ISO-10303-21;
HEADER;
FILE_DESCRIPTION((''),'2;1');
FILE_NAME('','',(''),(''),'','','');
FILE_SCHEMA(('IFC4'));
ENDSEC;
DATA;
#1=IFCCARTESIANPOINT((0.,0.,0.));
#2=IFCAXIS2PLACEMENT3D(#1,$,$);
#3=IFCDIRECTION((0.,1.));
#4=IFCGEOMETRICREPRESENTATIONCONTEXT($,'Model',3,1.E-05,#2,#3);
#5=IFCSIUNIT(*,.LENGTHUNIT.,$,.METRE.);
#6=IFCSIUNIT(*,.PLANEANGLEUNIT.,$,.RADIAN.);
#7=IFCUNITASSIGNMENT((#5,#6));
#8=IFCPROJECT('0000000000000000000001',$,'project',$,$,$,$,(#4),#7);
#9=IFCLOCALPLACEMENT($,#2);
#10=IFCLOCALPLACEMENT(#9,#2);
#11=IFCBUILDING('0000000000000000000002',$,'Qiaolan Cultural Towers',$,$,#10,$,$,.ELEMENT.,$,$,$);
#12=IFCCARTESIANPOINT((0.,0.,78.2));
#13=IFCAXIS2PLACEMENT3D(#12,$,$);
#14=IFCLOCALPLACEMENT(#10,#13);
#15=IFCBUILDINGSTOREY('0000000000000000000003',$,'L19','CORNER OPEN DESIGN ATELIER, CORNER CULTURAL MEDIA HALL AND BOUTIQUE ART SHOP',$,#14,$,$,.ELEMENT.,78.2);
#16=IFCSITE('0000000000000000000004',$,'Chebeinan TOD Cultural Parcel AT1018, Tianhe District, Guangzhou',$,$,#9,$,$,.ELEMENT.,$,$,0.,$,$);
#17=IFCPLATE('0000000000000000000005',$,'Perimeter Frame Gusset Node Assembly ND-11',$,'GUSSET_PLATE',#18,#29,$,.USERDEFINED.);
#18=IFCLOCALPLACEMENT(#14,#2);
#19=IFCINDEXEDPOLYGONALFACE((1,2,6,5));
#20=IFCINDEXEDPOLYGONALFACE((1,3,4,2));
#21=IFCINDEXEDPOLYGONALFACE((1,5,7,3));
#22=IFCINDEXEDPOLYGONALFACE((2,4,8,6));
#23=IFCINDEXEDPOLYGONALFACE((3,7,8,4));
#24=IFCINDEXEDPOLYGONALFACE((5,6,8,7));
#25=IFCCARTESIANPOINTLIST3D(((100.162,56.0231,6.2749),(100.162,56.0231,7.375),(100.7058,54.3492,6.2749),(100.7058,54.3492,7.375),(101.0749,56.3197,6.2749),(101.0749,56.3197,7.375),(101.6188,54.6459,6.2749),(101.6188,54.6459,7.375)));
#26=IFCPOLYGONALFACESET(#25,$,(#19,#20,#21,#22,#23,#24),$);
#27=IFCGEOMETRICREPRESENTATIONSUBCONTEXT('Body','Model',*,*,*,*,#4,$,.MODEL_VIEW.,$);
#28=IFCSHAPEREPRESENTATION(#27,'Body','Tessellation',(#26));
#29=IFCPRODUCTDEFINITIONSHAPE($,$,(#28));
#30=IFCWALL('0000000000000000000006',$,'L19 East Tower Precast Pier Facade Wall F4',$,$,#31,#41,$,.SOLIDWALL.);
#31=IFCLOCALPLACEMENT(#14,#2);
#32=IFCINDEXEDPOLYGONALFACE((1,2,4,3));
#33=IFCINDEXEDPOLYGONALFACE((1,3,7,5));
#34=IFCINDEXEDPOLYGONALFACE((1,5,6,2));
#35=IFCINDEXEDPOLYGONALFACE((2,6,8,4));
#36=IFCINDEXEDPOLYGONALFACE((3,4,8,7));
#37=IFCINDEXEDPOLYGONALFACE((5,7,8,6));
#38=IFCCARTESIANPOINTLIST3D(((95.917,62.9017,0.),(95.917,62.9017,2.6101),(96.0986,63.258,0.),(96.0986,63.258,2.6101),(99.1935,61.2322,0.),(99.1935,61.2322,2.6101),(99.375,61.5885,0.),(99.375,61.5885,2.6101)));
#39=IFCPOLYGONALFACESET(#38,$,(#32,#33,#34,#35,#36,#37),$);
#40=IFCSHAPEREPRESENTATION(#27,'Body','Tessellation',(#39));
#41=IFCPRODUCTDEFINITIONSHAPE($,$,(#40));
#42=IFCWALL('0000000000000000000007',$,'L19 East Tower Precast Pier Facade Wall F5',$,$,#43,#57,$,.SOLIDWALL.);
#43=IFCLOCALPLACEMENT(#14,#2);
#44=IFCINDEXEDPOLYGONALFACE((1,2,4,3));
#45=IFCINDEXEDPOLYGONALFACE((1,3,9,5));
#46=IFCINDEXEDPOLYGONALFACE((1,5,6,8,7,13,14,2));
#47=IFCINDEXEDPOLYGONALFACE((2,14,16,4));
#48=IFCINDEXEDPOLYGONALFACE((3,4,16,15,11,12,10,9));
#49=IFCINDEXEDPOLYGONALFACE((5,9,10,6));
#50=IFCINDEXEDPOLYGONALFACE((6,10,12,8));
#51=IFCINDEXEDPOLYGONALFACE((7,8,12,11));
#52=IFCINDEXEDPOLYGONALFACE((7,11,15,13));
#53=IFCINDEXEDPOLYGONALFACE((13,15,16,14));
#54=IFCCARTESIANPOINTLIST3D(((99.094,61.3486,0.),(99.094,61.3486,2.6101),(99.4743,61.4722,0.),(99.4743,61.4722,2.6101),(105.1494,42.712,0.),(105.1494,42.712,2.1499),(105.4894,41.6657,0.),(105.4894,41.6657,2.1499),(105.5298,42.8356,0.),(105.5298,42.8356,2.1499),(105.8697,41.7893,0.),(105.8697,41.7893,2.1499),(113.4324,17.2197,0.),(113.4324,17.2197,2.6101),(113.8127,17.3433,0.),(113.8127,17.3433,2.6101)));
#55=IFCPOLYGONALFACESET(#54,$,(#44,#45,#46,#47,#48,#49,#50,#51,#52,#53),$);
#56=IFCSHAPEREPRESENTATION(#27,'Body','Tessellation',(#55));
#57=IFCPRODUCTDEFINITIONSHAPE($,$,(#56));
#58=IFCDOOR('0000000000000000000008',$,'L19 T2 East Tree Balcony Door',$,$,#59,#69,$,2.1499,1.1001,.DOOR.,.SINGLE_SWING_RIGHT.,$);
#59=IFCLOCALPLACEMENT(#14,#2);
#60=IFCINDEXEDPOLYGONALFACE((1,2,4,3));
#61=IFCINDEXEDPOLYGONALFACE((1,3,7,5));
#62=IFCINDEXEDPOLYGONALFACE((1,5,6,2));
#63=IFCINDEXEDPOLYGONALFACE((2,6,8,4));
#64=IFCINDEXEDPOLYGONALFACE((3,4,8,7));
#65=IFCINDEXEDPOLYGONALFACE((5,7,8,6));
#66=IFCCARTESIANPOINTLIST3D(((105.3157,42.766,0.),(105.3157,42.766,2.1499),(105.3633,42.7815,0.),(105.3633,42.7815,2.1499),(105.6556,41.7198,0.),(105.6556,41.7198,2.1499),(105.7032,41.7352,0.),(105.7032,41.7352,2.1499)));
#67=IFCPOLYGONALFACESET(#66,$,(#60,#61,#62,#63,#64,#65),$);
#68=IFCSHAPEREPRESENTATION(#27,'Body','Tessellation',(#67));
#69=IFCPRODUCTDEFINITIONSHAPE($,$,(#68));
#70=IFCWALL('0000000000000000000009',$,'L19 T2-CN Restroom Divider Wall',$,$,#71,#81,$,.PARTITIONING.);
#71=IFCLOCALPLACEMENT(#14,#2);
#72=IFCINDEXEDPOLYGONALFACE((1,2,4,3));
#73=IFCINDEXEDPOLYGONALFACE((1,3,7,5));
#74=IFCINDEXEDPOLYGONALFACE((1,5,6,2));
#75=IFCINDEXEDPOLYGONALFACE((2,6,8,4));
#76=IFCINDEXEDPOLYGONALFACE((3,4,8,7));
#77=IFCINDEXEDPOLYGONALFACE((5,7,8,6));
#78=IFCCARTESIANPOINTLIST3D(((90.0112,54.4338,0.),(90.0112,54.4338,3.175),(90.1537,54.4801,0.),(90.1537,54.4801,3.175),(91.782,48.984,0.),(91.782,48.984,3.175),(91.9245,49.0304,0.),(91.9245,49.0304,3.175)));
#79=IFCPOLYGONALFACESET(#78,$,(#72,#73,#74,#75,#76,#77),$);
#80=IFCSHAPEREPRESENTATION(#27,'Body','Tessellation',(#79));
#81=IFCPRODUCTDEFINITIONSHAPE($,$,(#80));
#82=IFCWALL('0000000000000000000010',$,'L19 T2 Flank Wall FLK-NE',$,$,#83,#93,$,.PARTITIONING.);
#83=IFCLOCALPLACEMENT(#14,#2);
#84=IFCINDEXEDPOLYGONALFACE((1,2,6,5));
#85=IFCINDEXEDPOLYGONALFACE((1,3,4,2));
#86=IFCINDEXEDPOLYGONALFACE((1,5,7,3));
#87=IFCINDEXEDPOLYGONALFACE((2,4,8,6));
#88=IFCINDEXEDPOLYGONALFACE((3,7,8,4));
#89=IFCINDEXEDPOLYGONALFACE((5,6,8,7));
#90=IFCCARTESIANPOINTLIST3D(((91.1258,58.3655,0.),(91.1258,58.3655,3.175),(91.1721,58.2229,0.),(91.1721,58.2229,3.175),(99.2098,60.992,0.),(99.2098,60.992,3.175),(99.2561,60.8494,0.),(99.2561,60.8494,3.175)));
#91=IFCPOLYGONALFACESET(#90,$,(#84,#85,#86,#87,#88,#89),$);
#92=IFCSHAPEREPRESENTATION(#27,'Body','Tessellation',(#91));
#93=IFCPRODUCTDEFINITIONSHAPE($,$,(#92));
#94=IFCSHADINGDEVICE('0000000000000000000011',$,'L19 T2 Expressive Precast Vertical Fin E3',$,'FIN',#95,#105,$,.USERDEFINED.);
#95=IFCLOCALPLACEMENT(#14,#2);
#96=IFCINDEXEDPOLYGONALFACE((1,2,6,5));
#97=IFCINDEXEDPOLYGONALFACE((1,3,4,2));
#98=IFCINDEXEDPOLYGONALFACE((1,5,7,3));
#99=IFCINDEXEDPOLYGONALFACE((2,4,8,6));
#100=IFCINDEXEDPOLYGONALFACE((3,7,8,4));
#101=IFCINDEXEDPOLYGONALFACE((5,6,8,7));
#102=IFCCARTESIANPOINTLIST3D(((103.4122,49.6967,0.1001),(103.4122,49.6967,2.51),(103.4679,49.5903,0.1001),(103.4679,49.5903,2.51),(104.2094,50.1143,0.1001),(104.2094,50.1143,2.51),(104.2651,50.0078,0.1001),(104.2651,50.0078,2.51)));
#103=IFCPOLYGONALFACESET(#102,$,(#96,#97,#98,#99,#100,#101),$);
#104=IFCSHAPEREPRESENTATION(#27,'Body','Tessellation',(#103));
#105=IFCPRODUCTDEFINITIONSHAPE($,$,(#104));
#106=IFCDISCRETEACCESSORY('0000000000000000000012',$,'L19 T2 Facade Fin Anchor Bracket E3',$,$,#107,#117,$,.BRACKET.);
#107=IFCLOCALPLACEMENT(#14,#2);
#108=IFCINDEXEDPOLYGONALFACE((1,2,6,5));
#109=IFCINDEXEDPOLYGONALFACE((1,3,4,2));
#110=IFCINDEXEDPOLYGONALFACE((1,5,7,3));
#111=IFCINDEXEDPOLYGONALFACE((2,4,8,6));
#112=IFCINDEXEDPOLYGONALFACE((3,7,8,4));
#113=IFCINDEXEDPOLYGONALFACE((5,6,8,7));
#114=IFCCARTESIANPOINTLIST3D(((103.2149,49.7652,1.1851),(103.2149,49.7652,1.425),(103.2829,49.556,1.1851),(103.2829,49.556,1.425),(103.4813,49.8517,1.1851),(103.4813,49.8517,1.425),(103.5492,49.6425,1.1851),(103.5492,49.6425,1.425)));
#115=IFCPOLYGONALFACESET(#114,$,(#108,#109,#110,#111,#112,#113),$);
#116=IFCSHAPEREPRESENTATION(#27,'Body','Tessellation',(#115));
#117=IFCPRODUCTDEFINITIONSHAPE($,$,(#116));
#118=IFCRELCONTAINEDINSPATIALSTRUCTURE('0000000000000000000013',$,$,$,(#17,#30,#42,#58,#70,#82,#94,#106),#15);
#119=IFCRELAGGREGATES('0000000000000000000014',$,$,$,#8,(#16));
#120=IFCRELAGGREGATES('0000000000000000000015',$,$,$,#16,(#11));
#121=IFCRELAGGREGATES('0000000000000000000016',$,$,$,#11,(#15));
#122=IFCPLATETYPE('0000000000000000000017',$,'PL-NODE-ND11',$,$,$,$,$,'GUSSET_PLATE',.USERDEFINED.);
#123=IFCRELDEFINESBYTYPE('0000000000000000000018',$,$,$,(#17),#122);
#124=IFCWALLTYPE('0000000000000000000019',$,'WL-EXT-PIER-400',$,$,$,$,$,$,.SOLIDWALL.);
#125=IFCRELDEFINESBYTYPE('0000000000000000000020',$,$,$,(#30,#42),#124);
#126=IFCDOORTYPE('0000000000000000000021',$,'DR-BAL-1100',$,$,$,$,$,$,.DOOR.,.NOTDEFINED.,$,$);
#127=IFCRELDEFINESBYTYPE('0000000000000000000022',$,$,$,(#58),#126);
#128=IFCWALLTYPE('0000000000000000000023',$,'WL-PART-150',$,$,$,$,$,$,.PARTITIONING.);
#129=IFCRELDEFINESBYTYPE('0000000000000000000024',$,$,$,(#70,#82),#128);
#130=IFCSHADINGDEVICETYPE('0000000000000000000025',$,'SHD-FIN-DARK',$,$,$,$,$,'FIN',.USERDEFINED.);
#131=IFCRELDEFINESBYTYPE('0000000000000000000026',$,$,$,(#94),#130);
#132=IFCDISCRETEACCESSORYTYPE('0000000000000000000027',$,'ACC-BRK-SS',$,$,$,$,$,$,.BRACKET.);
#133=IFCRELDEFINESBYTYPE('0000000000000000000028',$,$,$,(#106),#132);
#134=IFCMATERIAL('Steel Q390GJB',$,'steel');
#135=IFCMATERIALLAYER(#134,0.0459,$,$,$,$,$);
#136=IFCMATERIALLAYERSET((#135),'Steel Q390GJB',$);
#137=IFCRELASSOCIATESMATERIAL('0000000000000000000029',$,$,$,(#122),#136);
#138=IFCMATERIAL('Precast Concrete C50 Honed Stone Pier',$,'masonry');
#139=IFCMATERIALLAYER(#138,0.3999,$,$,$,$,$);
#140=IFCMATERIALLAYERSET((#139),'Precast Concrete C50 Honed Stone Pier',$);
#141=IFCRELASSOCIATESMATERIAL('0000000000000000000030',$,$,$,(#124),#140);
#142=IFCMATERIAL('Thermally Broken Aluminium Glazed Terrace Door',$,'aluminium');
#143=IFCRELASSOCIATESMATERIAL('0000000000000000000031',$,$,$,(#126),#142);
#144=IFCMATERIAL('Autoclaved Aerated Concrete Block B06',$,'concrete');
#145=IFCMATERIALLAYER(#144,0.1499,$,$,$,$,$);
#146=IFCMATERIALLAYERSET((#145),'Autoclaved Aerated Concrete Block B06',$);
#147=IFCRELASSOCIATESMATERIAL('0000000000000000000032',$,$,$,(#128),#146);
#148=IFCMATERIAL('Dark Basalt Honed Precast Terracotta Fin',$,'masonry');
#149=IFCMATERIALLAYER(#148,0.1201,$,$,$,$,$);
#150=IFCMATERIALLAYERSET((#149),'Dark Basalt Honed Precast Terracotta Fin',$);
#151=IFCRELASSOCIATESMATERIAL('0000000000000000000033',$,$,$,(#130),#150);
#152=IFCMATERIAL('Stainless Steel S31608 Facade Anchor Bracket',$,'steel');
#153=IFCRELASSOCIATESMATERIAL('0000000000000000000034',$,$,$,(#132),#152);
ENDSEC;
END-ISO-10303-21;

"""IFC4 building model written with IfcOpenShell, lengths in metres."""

from ifc_helpers import new_model, si_unit, direction, frame, frame_2d, origin, origin_2d, place, context, subcontext, project, spatial, rectangle, extrude, material, layer, layer_set, type_object, element, fill, save


model = new_model("IFC4")

# Units and contexts
model_context = context("Model", 3, precision=1e-05, world=origin(), true_north=direction((0.0, 1.0)))
body_context = subcontext(model_context, "Body", "Model", "MODEL_VIEW")
ifc_project = project(units=[si_unit("LENGTHUNIT", "METRE"), si_unit("PLANEANGLEUNIT", "RADIAN")], contexts=[model_context])

# Site, building, storey
site_placement = place(None, origin())
site = spatial("IfcSite", under=ifc_project, at=site_placement, Name="Chebeinan TOD Cultural Parcel AT1018, Tianhe District, Guangzhou", CompositionType="ELEMENT", RefElevation=0.0)
building_placement = place(site_placement, origin())
building = spatial("IfcBuilding", under=site, at=building_placement, Name="Qiaolan Cultural Towers", CompositionType="ELEMENT")
storey_placement = place(building_placement, frame((0.0, 0.0, 78.2)))
storey = spatial("IfcBuildingStorey", under=building, at=storey_placement, Name="L19", Description="CORNER OPEN DESIGN ATELIER, CORNER CULTURAL MEDIA HALL AND BOUTIQUE ART SHOP", CompositionType="ELEMENT", Elevation=78.2)

# Plate
ifc_material_1 = material(Name="Steel Q390GJB", Category="steel")
ifc_layer_1 = layer(ifc_material_1, 0.0459)
ifc_layer_set_1 = layer_set([ifc_layer_1], Name="Steel Q390GJB")
plate_type_1 = type_object("IfcPlateType", Name="PL-NODE-ND11", ElementType="GUSSET_PLATE", PredefinedType="USERDEFINED", material=ifc_layer_set_1)
plate_placement = place(storey_placement, frame((100.8904, 55.3345, 6.2749), z_axis=(0.0, 0.0, 1.0), x_axis=(-0.309017, 0.951057, 0.0)))
element("IfcPlate", 1, at=plate_placement, inside=storey, type_object=plate_type_1, Name="Perimeter Frame Gusset Node Assembly ND-11", ObjectType="GUSSET_PLATE", PredefinedType="USERDEFINED", context=body_context, shape_type="SweptSolid", body=[
    extrude(rectangle(XDim=1.76, YDim=0.96, at=origin_2d()), origin(), (0.0, 0.0, 1.0), 1.1001),
])

# Wall
ifc_material_2 = material(Name="Precast Concrete C50 Honed Stone Pier", Category="masonry")
ifc_layer_2 = layer(ifc_material_2, 0.3999)
ifc_layer_set_2 = layer_set([ifc_layer_2], Name="Precast Concrete C50 Honed Stone Pier")
wall_type_1 = type_object("IfcWallType", Name="WL-EXT-PIER-400", PredefinedType="SOLIDWALL", material=ifc_layer_set_2)
wall_1_placement = place(storey_placement, frame((96.0078, 63.0798, 0.0), z_axis=(0.0, 0.0, 1.0), x_axis=(0.891002, -0.453999, 0.0)))
element("IfcWall", 2, at=wall_1_placement, inside=storey, type_object=wall_type_1, Name="L19 East Tower Precast Pier Facade Wall F4", PredefinedType="SOLIDWALL", context=body_context, shape_type="SweptSolid", body=[
    extrude(rectangle(XDim=3.6772, YDim=0.3999, at=frame_2d((1.8386, 0.0))), origin(), (0.0, 0.0, 1.0), 2.6101),
])

# Wall, opening, door
wall_2_placement = place(storey_placement, frame((99.2842, 61.4104, 0.0), z_axis=(0.0, 0.0, 1.0), x_axis=(0.309018, -0.951056, 0.0)))
wall_2 = element("IfcWall", 3, at=wall_2_placement, inside=storey, type_object=wall_type_1, Name="L19 East Tower Precast Pier Facade Wall F5", PredefinedType="SOLIDWALL", context=body_context, shape_type="SweptSolid", body=[
    extrude(rectangle(XDim=46.3999, YDim=0.3999, at=frame_2d((23.2, 0.0))), origin(), (0.0, 0.0, 1.0), 2.6101),
])
opening_placement = place(wall_2_placement, frame((19.5957, 0.0, 0.0)))
opening = element("IfcOpeningElement", 4, at=opening_placement, cuts=wall_2, PredefinedType="OPENING", context=body_context, shape_type="SweptSolid", body=[
    extrude(rectangle(XDim=1.1001, YDim=2.1499, at=frame_2d((0.55, 1.075))), frame((0.0, 0.21, 0.0), z_axis=(0.0, -1.0, 0.0), x_axis=(1.0, 0.0, 0.0)), (0.0, 0.0, 1.0), 0.4199),
])
ifc_material_3 = material(Name="Thermally Broken Aluminium Glazed Terrace Door", Category="aluminium")
door_type = type_object("IfcDoorType", Name="DR-BAL-1100", OperationType="NOTDEFINED", PredefinedType="DOOR", material=ifc_material_3)
door_placement = place(opening_placement, origin())
door = element("IfcDoor", 5, at=door_placement, inside=storey, type_object=door_type, Name="L19 T2 East Tree Balcony Door", OperationType="SINGLE_SWING_RIGHT", OverallHeight=2.1499, OverallWidth=1.1001, PredefinedType="DOOR", context=body_context, shape_type="SweptSolid", body=[
    extrude(rectangle(XDim=1.1001, YDim=2.1499, at=frame_2d((0.55, 1.075))), frame((0.0, 0.0249, 0.0), z_axis=(0.0, -1.0, 0.0), x_axis=(1.0, 0.0, 0.0)), (0.0, 0.0, 1.0), 0.05),
])
fill(opening, door)

# Walls
ifc_material_4 = material(Name="Autoclaved Aerated Concrete Block B06", Category="concrete")
ifc_layer_3 = layer(ifc_material_4, 0.1499)
ifc_layer_set_3 = layer_set([ifc_layer_3], Name="Autoclaved Aerated Concrete Block B06")
wall_type_2 = type_object("IfcWallType", Name="WL-PART-150", PredefinedType="PARTITIONING", material=ifc_layer_set_3)
wall_3_placement = place(storey_placement, frame((91.8533, 49.0071, 0.0), z_axis=(0.0, 0.0, 1.0), x_axis=(-0.309022, 0.951055, 0.0)))
element("IfcWall", 6, at=wall_3_placement, inside=storey, type_object=wall_type_2, Name="L19 T2-CN Restroom Divider Wall", PredefinedType="PARTITIONING", context=body_context, shape_type="SweptSolid", body=[
    extrude(rectangle(XDim=5.7302, YDim=0.1499, at=frame_2d((2.8652, 0.0))), origin(), (0.0, 0.0, 1.0), 3.175),
])
wall_4_placement = place(storey_placement, frame((91.1489, 58.2942, 0.0), z_axis=(0.0, 0.0, 1.0), x_axis=(0.951063, 0.308998, 0.0)))
element("IfcWall", 7, at=wall_4_placement, inside=storey, type_object=wall_type_2, Name="L19 T2 Flank Wall FLK-NE", PredefinedType="PARTITIONING", context=body_context, shape_type="SweptSolid", body=[
    extrude(rectangle(XDim=8.5, YDim=0.1499, at=frame_2d((4.25, 0.0))), origin(), (0.0, 0.0, 1.0), 3.175),
])

# Shading device
ifc_material_5 = material(Name="Dark Basalt Honed Precast Terracotta Fin", Category="masonry")
ifc_layer_4 = layer(ifc_material_5, 0.1201)
ifc_layer_set_4 = layer_set([ifc_layer_4], Name="Dark Basalt Honed Precast Terracotta Fin")
shading_device_type = type_object("IfcShadingDeviceType", Name="SHD-FIN-DARK", ElementType="FIN", PredefinedType="USERDEFINED", material=ifc_layer_set_4)
shading_device_placement = place(storey_placement, frame((103.8386, 49.8523, 0.1001), z_axis=(0.0, 0.0, 1.0), x_axis=(0.885865, 0.463943, 0.0)))
element("IfcShadingDevice", 8, at=shading_device_placement, inside=storey, type_object=shading_device_type, Name="L19 T2 Expressive Precast Vertical Fin E3", ObjectType="FIN", PredefinedType="USERDEFINED", context=body_context, shape_type="SweptSolid", body=[
    extrude(rectangle(XDim=0.8999, YDim=0.1201, at=origin_2d()), origin(), (0.0, 0.0, 1.0), 2.4099),
])

# Discrete accessory
ifc_material_6 = material(Name="Stainless Steel S31608 Facade Anchor Bracket", Category="steel")
discrete_accessory_type = type_object("IfcDiscreteAccessoryType", Name="ACC-BRK-SS", PredefinedType="BRACKET", material=ifc_material_6)
discrete_accessory_placement = place(storey_placement, frame((103.3821, 49.7039, 1.1851), z_axis=(0.0, 0.0, 1.0), x_axis=(0.951057, 0.309017, 0.0)))
element("IfcDiscreteAccessory", 9, at=discrete_accessory_placement, inside=storey, type_object=discrete_accessory_type, Name="L19 T2 Facade Fin Anchor Bracket E3", PredefinedType="BRACKET", context=body_context, shape_type="SweptSolid", body=[
    extrude(rectangle(XDim=0.28, YDim=0.22, at=origin_2d()), origin(), (0.0, 0.0, 1.0), 0.24),
])

save(model, "model.ifc")
